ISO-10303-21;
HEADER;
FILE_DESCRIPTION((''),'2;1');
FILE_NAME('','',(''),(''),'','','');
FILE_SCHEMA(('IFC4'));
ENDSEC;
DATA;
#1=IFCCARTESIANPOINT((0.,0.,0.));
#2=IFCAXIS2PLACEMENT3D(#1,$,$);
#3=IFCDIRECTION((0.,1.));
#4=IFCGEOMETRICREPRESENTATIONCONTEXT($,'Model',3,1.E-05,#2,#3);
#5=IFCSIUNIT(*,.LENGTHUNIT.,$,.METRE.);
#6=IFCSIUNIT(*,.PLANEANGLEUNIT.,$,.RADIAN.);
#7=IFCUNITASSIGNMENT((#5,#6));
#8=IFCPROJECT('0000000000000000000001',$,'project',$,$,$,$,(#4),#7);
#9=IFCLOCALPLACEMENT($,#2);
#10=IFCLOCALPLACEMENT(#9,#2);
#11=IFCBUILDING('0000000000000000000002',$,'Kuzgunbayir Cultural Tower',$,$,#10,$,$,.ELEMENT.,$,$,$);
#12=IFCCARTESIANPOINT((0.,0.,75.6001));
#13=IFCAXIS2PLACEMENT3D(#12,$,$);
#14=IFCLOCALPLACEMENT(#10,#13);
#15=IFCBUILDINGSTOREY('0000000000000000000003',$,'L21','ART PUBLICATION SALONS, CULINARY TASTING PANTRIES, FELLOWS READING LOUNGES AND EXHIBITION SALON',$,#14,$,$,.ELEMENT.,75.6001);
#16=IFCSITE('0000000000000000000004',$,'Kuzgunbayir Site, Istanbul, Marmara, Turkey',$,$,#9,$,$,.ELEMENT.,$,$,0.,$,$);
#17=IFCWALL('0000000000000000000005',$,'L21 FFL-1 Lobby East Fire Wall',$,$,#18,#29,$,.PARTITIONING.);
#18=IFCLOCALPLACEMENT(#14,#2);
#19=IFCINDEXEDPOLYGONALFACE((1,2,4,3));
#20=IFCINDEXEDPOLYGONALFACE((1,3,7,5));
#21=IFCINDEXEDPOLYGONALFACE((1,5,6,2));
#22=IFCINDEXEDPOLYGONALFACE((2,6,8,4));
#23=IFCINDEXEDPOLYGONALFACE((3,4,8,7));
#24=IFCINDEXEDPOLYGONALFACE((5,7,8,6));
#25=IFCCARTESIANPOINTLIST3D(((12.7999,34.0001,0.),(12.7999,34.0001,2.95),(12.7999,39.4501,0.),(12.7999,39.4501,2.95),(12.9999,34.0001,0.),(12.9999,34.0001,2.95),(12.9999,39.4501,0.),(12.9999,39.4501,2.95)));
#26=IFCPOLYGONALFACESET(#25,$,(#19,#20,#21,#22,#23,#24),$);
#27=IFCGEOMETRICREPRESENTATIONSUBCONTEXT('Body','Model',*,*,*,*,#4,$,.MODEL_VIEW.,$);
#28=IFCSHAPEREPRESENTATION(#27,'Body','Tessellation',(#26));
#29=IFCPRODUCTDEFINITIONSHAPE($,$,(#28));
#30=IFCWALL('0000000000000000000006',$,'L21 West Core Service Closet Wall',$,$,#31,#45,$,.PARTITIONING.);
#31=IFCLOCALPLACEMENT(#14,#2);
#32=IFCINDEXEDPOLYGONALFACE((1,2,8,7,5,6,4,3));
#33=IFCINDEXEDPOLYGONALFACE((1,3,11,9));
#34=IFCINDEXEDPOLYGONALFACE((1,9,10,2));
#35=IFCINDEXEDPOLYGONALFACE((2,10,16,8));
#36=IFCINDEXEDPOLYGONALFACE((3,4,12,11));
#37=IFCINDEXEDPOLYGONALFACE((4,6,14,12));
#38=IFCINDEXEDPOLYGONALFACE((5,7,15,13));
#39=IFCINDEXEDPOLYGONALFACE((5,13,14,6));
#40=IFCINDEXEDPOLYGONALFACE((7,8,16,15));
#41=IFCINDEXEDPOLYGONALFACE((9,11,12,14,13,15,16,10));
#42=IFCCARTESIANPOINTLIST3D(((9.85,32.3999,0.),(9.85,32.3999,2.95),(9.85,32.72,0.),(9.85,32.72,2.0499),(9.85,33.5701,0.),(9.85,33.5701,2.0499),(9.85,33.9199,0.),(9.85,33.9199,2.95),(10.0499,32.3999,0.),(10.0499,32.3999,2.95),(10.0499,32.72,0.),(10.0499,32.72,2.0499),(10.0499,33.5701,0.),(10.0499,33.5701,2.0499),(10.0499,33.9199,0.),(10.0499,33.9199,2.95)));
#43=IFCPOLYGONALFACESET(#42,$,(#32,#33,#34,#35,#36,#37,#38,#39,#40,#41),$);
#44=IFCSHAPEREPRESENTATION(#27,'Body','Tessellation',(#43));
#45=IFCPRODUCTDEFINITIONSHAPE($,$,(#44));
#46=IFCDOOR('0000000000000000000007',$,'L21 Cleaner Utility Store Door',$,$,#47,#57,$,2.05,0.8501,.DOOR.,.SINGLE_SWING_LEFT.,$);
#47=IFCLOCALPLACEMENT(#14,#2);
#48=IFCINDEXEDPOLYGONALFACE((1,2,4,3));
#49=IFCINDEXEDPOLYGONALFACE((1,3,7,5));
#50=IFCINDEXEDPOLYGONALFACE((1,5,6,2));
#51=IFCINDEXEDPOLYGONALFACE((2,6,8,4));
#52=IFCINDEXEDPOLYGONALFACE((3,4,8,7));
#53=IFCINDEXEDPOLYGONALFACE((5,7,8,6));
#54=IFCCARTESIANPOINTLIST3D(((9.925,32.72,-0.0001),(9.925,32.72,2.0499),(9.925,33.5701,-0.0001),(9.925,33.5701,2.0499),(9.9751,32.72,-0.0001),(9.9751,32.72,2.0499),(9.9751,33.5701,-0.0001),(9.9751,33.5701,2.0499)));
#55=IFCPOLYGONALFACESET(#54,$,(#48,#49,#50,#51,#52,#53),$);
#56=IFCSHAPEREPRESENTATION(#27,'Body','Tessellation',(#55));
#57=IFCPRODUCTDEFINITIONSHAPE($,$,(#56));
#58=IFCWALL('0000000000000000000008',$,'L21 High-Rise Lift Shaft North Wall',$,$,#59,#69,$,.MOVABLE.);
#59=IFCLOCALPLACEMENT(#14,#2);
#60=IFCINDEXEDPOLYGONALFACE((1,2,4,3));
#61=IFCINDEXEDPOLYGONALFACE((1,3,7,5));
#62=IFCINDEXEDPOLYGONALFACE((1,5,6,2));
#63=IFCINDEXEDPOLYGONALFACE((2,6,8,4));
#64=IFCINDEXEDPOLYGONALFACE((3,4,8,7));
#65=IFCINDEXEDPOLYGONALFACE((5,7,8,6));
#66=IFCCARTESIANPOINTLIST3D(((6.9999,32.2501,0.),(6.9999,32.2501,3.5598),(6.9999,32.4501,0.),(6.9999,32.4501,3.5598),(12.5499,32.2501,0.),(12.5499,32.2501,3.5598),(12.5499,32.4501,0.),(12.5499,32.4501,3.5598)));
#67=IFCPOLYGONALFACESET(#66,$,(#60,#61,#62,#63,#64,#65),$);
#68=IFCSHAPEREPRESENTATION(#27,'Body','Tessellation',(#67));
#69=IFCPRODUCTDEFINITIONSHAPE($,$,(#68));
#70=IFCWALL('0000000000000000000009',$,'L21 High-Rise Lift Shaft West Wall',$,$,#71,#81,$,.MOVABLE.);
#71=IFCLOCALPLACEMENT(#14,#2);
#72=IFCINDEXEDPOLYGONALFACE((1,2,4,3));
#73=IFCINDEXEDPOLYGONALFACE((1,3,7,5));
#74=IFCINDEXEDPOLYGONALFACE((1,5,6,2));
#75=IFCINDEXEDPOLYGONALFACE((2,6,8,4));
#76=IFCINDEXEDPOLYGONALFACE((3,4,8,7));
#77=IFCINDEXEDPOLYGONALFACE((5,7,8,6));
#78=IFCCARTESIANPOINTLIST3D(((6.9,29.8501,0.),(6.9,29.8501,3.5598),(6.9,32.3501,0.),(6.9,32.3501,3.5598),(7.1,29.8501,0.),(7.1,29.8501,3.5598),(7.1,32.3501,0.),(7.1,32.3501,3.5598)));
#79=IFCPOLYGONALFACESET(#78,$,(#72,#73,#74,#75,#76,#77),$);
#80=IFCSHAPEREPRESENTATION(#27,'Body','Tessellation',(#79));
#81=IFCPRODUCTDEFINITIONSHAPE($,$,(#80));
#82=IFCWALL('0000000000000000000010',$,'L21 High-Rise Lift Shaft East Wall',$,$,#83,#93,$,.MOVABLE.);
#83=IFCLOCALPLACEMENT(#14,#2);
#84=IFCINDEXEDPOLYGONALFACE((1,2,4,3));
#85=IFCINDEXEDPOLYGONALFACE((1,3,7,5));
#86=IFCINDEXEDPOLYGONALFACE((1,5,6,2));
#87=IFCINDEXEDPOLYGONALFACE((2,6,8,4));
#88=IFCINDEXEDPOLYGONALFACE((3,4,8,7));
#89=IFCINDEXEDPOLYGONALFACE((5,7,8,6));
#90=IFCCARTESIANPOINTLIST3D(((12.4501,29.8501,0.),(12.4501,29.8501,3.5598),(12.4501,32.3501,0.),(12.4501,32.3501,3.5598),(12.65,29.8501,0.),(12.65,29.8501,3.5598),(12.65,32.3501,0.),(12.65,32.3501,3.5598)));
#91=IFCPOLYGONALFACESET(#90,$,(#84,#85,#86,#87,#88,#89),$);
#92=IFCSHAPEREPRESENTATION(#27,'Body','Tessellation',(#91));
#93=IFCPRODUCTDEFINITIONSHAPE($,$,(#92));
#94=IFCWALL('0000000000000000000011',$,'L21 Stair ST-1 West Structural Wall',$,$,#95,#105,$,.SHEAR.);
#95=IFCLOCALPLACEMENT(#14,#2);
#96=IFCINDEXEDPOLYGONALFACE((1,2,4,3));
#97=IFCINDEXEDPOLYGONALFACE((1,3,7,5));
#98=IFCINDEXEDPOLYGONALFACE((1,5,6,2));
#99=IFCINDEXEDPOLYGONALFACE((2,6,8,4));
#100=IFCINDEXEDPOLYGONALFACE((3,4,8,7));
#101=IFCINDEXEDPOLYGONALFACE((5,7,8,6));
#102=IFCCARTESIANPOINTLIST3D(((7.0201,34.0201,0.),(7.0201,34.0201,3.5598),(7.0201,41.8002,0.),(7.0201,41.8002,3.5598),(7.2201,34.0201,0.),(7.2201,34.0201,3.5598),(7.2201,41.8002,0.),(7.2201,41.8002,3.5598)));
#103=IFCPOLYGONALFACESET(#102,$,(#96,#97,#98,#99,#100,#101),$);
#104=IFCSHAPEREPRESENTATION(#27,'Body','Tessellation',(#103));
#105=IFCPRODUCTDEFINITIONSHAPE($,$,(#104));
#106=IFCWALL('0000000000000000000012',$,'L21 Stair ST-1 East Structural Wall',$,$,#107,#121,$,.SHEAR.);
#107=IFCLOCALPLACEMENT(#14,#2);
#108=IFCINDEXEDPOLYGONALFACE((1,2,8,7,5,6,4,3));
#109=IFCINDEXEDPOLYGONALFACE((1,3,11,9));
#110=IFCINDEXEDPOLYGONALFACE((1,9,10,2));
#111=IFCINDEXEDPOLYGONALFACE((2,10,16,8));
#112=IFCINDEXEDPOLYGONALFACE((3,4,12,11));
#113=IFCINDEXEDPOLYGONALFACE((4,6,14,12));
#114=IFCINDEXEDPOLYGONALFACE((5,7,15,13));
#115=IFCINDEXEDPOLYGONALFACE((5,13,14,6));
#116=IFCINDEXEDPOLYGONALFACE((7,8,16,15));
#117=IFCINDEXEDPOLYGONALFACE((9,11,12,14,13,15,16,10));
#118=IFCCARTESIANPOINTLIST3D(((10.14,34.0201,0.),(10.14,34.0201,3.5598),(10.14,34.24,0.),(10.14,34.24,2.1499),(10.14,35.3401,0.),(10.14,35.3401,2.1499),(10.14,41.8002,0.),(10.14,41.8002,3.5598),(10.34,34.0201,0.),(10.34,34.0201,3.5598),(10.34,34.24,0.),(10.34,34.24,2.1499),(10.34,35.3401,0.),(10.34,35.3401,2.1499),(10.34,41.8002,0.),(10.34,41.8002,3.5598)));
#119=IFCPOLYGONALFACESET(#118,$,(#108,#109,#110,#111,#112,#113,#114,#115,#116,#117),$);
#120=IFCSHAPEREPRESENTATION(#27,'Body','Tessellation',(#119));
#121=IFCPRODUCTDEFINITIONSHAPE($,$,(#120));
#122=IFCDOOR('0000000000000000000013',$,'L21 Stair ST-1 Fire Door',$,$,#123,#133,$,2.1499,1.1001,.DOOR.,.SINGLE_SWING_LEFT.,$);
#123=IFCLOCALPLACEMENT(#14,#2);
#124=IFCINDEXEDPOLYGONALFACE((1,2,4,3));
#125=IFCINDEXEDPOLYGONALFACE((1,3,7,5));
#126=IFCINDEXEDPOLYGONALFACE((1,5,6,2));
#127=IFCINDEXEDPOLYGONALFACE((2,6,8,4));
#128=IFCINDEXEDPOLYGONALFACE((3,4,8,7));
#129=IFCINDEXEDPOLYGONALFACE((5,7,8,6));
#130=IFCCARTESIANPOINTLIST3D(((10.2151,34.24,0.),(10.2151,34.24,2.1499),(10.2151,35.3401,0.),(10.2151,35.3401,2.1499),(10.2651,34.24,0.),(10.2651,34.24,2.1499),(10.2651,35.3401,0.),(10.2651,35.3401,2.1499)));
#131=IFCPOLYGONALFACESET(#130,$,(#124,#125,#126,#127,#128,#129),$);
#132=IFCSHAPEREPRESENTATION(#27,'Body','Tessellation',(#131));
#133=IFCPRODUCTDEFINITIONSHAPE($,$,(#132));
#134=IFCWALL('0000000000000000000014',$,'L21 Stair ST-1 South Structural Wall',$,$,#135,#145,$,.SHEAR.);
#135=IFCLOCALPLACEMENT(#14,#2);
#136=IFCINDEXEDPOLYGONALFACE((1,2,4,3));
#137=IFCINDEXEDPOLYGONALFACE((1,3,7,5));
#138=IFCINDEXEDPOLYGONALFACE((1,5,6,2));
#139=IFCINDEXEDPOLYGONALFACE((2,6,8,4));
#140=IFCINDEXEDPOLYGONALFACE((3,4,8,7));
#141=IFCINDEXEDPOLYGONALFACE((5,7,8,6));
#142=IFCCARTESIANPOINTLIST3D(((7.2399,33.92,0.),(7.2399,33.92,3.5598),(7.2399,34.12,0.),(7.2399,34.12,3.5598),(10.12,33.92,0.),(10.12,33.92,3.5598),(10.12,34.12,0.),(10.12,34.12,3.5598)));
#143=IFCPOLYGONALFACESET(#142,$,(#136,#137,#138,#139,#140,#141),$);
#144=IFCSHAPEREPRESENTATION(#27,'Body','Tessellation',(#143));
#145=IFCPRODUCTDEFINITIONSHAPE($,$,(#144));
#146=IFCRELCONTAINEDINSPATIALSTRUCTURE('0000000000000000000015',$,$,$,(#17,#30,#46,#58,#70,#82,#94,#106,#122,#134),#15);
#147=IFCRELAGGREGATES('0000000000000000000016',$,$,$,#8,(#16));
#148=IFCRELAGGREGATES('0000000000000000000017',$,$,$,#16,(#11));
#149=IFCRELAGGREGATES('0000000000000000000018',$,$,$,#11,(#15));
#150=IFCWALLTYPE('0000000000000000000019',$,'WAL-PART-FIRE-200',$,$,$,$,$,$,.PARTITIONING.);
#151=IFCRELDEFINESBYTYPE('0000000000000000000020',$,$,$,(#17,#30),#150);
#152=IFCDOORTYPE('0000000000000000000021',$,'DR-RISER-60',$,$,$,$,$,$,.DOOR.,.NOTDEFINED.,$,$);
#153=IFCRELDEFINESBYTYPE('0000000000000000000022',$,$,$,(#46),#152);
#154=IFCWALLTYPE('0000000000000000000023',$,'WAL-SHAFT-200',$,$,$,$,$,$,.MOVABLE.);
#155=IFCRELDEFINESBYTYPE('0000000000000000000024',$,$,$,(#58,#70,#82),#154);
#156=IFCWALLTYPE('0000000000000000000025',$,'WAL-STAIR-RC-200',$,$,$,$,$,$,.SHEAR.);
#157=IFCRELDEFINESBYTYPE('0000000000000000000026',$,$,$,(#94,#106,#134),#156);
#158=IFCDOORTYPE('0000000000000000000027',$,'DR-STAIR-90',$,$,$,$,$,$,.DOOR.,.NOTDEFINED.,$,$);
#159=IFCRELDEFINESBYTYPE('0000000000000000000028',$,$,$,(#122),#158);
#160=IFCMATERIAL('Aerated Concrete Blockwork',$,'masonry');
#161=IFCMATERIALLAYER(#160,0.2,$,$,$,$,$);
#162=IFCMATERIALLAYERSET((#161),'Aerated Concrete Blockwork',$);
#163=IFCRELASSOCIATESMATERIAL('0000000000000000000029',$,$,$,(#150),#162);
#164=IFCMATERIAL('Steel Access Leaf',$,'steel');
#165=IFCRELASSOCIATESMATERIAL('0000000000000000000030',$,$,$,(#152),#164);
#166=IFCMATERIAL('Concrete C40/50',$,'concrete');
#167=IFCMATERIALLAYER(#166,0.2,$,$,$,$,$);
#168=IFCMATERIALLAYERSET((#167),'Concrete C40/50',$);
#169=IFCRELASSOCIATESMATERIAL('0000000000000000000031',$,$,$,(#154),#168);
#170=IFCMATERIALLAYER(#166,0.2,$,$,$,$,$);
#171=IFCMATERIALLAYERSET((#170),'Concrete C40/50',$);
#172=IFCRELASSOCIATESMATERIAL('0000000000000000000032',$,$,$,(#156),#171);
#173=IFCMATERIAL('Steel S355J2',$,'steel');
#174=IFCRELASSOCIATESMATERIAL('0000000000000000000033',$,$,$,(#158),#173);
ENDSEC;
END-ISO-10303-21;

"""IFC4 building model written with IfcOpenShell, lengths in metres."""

from ifc_helpers import new_model, si_unit, direction, frame, frame_2d, origin, place, context, subcontext, project, spatial, rectangle, extrude, material, layer, layer_set, type_object, element, fill, save


model = new_model("IFC4")

# Units and contexts
model_context = context("Model", 3, precision=1e-05, world=origin(), true_north=direction((0.0, 1.0)))
body_context = subcontext(model_context, "Body", "Model", "MODEL_VIEW")
ifc_project = project(units=[si_unit("LENGTHUNIT", "METRE"), si_unit("PLANEANGLEUNIT", "RADIAN")], contexts=[model_context])

# Site, building, storey
site_placement = place(None, origin())
site = spatial("IfcSite", under=ifc_project, at=site_placement, Name="Kuzgunbayir Site, Istanbul, Marmara, Turkey", CompositionType="ELEMENT", RefElevation=0.0)
building_placement = place(site_placement, origin())
building = spatial("IfcBuilding", under=site, at=building_placement, Name="Kuzgunbayir Cultural Tower", CompositionType="ELEMENT")
storey_placement = place(building_placement, frame((0.0, 0.0, 75.6001)))
storey = spatial("IfcBuildingStorey", under=building, at=storey_placement, Name="L21", Description="ART PUBLICATION SALONS, CULINARY TASTING PANTRIES, FELLOWS READING LOUNGES AND EXHIBITION SALON", CompositionType="ELEMENT", Elevation=75.6001)

# Shared definitions
ifc_material_1 = material(Name="Steel S355J2", Category="steel")

# Wall
ifc_material_2 = material(Name="Aerated Concrete Blockwork", Category="masonry")
ifc_layer_1 = layer(ifc_material_2, 0.2)
ifc_layer_set_1 = layer_set([ifc_layer_1], Name="Aerated Concrete Blockwork")
wall_type_1 = type_object("IfcWallType", Name="WAL-PART-FIRE-200", PredefinedType="PARTITIONING", material=ifc_layer_set_1)
wall_1_placement = place(storey_placement, frame((12.8999, 34.0, 0.0), z_axis=(0.0, 0.0, 1.0), x_axis=(0.0, 1.0, 0.0)))
element("IfcWall", 1, at=wall_1_placement, inside=storey, type_object=wall_type_1, Name="L21 FFL-1 Lobby East Fire Wall", PredefinedType="PARTITIONING", context=body_context, shape_type="SweptSolid", body=[
    extrude(rectangle(XDim=5.45, YDim=0.2, at=frame_2d((2.7251, 0.0))), origin(), (0.0, 0.0, 1.0), 2.95),
])

# Wall, opening, door
wall_2_placement = place(storey_placement, frame((9.95, 32.3999, 0.0), z_axis=(0.0, 0.0, 1.0), x_axis=(0.0, 1.0, 0.0)))
wall_2 = element("IfcWall", 2, at=wall_2_placement, inside=storey, type_object=wall_type_1, Name="L21 West Core Service Closet Wall", PredefinedType="PARTITIONING", context=body_context, shape_type="SweptSolid", body=[
    extrude(rectangle(XDim=1.52, YDim=0.2, at=frame_2d((0.76, 0.0))), origin(), (0.0, 0.0, 1.0), 2.95),
])
opening_1_placement = place(wall_2_placement, frame((0.3201, 0.0, 0.0)))
opening_1 = element("IfcOpeningElement", 3, at=opening_1_placement, cuts=wall_2, PredefinedType="OPENING", context=body_context, shape_type="SweptSolid", body=[
    extrude(rectangle(XDim=0.8501, YDim=2.05, at=frame_2d((0.425, 1.0249))), frame((0.0, 0.1099, 0.0), z_axis=(0.0, -1.0, 0.0), x_axis=(1.0, 0.0, 0.0)), (0.0, 0.0, 1.0), 0.22),
])
ifc_material_3 = material(Name="Steel Access Leaf", Category="steel")
door_type_1 = type_object("IfcDoorType", Name="DR-RISER-60", OperationType="NOTDEFINED", PredefinedType="DOOR", material=ifc_material_3)
door_1_placement = place(opening_1_placement, origin())
door_1 = element("IfcDoor", 4, at=door_1_placement, inside=storey, type_object=door_type_1, Name="L21 Cleaner Utility Store Door", OperationType="SINGLE_SWING_LEFT", OverallHeight=2.05, OverallWidth=0.8501, PredefinedType="DOOR", context=body_context, shape_type="SweptSolid", body=[
    extrude(rectangle(XDim=0.8501, YDim=2.05, at=frame_2d((0.425, 1.0249))), frame((0.0, 0.0249, 0.0), z_axis=(0.0, -1.0, 0.0), x_axis=(1.0, 0.0, 0.0)), (0.0, 0.0, 1.0), 0.05),
])
fill(opening_1, door_1)

# Shared definitions
ifc_material_4 = material(Name="Concrete C40/50", Category="concrete")
ifc_layer_2 = layer(ifc_material_4, 0.2)
ifc_layer_set_2 = layer_set([ifc_layer_2], Name="Concrete C40/50")
wall_type_2 = type_object("IfcWallType", Name="WAL-SHAFT-200", PredefinedType="MOVABLE", material=ifc_layer_set_2)

# Walls
wall_3_placement = place(storey_placement, frame((7.0, 32.3501, 0.0), z_axis=(0.0, 0.0, 1.0), x_axis=(1.0, 0.0, 0.0)))
element("IfcWall", 5, at=wall_3_placement, inside=storey, type_object=wall_type_2, Name="L21 High-Rise Lift Shaft North Wall", PredefinedType="MOVABLE", context=body_context, shape_type="SweptSolid", body=[
    extrude(rectangle(XDim=5.55, YDim=0.2, at=frame_2d((2.7749, 0.0))), origin(), (0.0, 0.0, 1.0), 3.5598),
])
for number, where, z_axis, x_axis, name in (
    (6, (7.0, 29.8501, 0.0), (0.0, 0.0, 1.0), (0.0, 1.0, 0.0), "L21 High-Rise Lift Shaft West Wall"),
    (7, (12.55, 29.8501, 0.0), (0.0, 0.0, 1.0), (0.0, 1.0, 0.0), "L21 High-Rise Lift Shaft East Wall"),
):
    element("IfcWall", number, at=place(storey_placement, frame(where, z_axis=z_axis, x_axis=x_axis)), inside=storey, type_object=wall_type_2, Name=name, PredefinedType="MOVABLE", context=body_context, shape_type="SweptSolid", body=[
        extrude(rectangle(XDim=2.5, YDim=0.2, at=frame_2d((1.25, 0.0))), origin(), (0.0, 0.0, 1.0), 3.5598),
    ])
ifc_layer_3 = layer(ifc_material_4, 0.2)
ifc_layer_set_3 = layer_set([ifc_layer_3], Name="Concrete C40/50")
wall_type_3 = type_object("IfcWallType", Name="WAL-STAIR-RC-200", PredefinedType="SHEAR", material=ifc_layer_set_3)
wall_4_placement = place(storey_placement, frame((7.1201, 34.02, 0.0), z_axis=(0.0, 0.0, 1.0), x_axis=(0.0, 1.0, 0.0)))
element("IfcWall", 8, at=wall_4_placement, inside=storey, type_object=wall_type_3, Name="L21 Stair ST-1 West Structural Wall", PredefinedType="SHEAR", context=body_context, shape_type="SweptSolid", body=[
    extrude(rectangle(XDim=7.78, YDim=0.2, at=frame_2d((3.8901, 0.0))), origin(), (0.0, 0.0, 1.0), 3.5598),
])

# Wall, opening, door
wall_5_placement = place(storey_placement, frame((10.24, 34.02, 0.0), z_axis=(0.0, 0.0, 1.0), x_axis=(0.0, 1.0, 0.0)))
wall_5 = element("IfcWall", 9, at=wall_5_placement, inside=storey, type_object=wall_type_3, Name="L21 Stair ST-1 East Structural Wall", PredefinedType="SHEAR", context=body_context, shape_type="SweptSolid", body=[
    extrude(rectangle(XDim=7.78, YDim=0.2, at=frame_2d((3.8901, 0.0))), origin(), (0.0, 0.0, 1.0), 3.5598),
])
opening_2_placement = place(wall_5_placement, frame((0.22, 0.0, 0.0)))
opening_2 = element("IfcOpeningElement", 10, at=opening_2_placement, cuts=wall_5, PredefinedType="OPENING", context=body_context, shape_type="SweptSolid", body=[
    extrude(rectangle(XDim=1.1001, YDim=2.1499, at=frame_2d((0.55, 1.075))), frame((0.0, 0.1099, 0.0), z_axis=(0.0, -1.0, 0.0), x_axis=(1.0, 0.0, 0.0)), (0.0, 0.0, 1.0), 0.22),
])
door_type_2 = type_object("IfcDoorType", Name="DR-STAIR-90", OperationType="NOTDEFINED", PredefinedType="DOOR", material=ifc_material_1)
door_2_placement = place(opening_2_placement, origin())
door_2 = element("IfcDoor", 11, at=door_2_placement, inside=storey, type_object=door_type_2, Name="L21 Stair ST-1 Fire Door", OperationType="SINGLE_SWING_LEFT", OverallHeight=2.1499, OverallWidth=1.1001, PredefinedType="DOOR", context=body_context, shape_type="SweptSolid", body=[
    extrude(rectangle(XDim=1.1001, YDim=2.1499, at=frame_2d((0.55, 1.075))), frame((0.0, 0.0249, 0.0), z_axis=(0.0, -1.0, 0.0), x_axis=(1.0, 0.0, 0.0)), (0.0, 0.0, 1.0), 0.05),
])
fill(opening_2, door_2)

# Wall
wall_6_placement = place(storey_placement, frame((7.24, 34.02, 0.0), z_axis=(0.0, 0.0, 1.0), x_axis=(1.0, 0.0, 0.0)))
element("IfcWall", 12, at=wall_6_placement, inside=storey, type_object=wall_type_3, Name="L21 Stair ST-1 South Structural Wall", PredefinedType="SHEAR", context=body_context, shape_type="SweptSolid", body=[
    extrude(rectangle(XDim=2.8801, YDim=0.2, at=frame_2d((1.4399, 0.0))), origin(), (0.0, 0.0, 1.0), 3.5598),
])

save(model, "model.ifc")
